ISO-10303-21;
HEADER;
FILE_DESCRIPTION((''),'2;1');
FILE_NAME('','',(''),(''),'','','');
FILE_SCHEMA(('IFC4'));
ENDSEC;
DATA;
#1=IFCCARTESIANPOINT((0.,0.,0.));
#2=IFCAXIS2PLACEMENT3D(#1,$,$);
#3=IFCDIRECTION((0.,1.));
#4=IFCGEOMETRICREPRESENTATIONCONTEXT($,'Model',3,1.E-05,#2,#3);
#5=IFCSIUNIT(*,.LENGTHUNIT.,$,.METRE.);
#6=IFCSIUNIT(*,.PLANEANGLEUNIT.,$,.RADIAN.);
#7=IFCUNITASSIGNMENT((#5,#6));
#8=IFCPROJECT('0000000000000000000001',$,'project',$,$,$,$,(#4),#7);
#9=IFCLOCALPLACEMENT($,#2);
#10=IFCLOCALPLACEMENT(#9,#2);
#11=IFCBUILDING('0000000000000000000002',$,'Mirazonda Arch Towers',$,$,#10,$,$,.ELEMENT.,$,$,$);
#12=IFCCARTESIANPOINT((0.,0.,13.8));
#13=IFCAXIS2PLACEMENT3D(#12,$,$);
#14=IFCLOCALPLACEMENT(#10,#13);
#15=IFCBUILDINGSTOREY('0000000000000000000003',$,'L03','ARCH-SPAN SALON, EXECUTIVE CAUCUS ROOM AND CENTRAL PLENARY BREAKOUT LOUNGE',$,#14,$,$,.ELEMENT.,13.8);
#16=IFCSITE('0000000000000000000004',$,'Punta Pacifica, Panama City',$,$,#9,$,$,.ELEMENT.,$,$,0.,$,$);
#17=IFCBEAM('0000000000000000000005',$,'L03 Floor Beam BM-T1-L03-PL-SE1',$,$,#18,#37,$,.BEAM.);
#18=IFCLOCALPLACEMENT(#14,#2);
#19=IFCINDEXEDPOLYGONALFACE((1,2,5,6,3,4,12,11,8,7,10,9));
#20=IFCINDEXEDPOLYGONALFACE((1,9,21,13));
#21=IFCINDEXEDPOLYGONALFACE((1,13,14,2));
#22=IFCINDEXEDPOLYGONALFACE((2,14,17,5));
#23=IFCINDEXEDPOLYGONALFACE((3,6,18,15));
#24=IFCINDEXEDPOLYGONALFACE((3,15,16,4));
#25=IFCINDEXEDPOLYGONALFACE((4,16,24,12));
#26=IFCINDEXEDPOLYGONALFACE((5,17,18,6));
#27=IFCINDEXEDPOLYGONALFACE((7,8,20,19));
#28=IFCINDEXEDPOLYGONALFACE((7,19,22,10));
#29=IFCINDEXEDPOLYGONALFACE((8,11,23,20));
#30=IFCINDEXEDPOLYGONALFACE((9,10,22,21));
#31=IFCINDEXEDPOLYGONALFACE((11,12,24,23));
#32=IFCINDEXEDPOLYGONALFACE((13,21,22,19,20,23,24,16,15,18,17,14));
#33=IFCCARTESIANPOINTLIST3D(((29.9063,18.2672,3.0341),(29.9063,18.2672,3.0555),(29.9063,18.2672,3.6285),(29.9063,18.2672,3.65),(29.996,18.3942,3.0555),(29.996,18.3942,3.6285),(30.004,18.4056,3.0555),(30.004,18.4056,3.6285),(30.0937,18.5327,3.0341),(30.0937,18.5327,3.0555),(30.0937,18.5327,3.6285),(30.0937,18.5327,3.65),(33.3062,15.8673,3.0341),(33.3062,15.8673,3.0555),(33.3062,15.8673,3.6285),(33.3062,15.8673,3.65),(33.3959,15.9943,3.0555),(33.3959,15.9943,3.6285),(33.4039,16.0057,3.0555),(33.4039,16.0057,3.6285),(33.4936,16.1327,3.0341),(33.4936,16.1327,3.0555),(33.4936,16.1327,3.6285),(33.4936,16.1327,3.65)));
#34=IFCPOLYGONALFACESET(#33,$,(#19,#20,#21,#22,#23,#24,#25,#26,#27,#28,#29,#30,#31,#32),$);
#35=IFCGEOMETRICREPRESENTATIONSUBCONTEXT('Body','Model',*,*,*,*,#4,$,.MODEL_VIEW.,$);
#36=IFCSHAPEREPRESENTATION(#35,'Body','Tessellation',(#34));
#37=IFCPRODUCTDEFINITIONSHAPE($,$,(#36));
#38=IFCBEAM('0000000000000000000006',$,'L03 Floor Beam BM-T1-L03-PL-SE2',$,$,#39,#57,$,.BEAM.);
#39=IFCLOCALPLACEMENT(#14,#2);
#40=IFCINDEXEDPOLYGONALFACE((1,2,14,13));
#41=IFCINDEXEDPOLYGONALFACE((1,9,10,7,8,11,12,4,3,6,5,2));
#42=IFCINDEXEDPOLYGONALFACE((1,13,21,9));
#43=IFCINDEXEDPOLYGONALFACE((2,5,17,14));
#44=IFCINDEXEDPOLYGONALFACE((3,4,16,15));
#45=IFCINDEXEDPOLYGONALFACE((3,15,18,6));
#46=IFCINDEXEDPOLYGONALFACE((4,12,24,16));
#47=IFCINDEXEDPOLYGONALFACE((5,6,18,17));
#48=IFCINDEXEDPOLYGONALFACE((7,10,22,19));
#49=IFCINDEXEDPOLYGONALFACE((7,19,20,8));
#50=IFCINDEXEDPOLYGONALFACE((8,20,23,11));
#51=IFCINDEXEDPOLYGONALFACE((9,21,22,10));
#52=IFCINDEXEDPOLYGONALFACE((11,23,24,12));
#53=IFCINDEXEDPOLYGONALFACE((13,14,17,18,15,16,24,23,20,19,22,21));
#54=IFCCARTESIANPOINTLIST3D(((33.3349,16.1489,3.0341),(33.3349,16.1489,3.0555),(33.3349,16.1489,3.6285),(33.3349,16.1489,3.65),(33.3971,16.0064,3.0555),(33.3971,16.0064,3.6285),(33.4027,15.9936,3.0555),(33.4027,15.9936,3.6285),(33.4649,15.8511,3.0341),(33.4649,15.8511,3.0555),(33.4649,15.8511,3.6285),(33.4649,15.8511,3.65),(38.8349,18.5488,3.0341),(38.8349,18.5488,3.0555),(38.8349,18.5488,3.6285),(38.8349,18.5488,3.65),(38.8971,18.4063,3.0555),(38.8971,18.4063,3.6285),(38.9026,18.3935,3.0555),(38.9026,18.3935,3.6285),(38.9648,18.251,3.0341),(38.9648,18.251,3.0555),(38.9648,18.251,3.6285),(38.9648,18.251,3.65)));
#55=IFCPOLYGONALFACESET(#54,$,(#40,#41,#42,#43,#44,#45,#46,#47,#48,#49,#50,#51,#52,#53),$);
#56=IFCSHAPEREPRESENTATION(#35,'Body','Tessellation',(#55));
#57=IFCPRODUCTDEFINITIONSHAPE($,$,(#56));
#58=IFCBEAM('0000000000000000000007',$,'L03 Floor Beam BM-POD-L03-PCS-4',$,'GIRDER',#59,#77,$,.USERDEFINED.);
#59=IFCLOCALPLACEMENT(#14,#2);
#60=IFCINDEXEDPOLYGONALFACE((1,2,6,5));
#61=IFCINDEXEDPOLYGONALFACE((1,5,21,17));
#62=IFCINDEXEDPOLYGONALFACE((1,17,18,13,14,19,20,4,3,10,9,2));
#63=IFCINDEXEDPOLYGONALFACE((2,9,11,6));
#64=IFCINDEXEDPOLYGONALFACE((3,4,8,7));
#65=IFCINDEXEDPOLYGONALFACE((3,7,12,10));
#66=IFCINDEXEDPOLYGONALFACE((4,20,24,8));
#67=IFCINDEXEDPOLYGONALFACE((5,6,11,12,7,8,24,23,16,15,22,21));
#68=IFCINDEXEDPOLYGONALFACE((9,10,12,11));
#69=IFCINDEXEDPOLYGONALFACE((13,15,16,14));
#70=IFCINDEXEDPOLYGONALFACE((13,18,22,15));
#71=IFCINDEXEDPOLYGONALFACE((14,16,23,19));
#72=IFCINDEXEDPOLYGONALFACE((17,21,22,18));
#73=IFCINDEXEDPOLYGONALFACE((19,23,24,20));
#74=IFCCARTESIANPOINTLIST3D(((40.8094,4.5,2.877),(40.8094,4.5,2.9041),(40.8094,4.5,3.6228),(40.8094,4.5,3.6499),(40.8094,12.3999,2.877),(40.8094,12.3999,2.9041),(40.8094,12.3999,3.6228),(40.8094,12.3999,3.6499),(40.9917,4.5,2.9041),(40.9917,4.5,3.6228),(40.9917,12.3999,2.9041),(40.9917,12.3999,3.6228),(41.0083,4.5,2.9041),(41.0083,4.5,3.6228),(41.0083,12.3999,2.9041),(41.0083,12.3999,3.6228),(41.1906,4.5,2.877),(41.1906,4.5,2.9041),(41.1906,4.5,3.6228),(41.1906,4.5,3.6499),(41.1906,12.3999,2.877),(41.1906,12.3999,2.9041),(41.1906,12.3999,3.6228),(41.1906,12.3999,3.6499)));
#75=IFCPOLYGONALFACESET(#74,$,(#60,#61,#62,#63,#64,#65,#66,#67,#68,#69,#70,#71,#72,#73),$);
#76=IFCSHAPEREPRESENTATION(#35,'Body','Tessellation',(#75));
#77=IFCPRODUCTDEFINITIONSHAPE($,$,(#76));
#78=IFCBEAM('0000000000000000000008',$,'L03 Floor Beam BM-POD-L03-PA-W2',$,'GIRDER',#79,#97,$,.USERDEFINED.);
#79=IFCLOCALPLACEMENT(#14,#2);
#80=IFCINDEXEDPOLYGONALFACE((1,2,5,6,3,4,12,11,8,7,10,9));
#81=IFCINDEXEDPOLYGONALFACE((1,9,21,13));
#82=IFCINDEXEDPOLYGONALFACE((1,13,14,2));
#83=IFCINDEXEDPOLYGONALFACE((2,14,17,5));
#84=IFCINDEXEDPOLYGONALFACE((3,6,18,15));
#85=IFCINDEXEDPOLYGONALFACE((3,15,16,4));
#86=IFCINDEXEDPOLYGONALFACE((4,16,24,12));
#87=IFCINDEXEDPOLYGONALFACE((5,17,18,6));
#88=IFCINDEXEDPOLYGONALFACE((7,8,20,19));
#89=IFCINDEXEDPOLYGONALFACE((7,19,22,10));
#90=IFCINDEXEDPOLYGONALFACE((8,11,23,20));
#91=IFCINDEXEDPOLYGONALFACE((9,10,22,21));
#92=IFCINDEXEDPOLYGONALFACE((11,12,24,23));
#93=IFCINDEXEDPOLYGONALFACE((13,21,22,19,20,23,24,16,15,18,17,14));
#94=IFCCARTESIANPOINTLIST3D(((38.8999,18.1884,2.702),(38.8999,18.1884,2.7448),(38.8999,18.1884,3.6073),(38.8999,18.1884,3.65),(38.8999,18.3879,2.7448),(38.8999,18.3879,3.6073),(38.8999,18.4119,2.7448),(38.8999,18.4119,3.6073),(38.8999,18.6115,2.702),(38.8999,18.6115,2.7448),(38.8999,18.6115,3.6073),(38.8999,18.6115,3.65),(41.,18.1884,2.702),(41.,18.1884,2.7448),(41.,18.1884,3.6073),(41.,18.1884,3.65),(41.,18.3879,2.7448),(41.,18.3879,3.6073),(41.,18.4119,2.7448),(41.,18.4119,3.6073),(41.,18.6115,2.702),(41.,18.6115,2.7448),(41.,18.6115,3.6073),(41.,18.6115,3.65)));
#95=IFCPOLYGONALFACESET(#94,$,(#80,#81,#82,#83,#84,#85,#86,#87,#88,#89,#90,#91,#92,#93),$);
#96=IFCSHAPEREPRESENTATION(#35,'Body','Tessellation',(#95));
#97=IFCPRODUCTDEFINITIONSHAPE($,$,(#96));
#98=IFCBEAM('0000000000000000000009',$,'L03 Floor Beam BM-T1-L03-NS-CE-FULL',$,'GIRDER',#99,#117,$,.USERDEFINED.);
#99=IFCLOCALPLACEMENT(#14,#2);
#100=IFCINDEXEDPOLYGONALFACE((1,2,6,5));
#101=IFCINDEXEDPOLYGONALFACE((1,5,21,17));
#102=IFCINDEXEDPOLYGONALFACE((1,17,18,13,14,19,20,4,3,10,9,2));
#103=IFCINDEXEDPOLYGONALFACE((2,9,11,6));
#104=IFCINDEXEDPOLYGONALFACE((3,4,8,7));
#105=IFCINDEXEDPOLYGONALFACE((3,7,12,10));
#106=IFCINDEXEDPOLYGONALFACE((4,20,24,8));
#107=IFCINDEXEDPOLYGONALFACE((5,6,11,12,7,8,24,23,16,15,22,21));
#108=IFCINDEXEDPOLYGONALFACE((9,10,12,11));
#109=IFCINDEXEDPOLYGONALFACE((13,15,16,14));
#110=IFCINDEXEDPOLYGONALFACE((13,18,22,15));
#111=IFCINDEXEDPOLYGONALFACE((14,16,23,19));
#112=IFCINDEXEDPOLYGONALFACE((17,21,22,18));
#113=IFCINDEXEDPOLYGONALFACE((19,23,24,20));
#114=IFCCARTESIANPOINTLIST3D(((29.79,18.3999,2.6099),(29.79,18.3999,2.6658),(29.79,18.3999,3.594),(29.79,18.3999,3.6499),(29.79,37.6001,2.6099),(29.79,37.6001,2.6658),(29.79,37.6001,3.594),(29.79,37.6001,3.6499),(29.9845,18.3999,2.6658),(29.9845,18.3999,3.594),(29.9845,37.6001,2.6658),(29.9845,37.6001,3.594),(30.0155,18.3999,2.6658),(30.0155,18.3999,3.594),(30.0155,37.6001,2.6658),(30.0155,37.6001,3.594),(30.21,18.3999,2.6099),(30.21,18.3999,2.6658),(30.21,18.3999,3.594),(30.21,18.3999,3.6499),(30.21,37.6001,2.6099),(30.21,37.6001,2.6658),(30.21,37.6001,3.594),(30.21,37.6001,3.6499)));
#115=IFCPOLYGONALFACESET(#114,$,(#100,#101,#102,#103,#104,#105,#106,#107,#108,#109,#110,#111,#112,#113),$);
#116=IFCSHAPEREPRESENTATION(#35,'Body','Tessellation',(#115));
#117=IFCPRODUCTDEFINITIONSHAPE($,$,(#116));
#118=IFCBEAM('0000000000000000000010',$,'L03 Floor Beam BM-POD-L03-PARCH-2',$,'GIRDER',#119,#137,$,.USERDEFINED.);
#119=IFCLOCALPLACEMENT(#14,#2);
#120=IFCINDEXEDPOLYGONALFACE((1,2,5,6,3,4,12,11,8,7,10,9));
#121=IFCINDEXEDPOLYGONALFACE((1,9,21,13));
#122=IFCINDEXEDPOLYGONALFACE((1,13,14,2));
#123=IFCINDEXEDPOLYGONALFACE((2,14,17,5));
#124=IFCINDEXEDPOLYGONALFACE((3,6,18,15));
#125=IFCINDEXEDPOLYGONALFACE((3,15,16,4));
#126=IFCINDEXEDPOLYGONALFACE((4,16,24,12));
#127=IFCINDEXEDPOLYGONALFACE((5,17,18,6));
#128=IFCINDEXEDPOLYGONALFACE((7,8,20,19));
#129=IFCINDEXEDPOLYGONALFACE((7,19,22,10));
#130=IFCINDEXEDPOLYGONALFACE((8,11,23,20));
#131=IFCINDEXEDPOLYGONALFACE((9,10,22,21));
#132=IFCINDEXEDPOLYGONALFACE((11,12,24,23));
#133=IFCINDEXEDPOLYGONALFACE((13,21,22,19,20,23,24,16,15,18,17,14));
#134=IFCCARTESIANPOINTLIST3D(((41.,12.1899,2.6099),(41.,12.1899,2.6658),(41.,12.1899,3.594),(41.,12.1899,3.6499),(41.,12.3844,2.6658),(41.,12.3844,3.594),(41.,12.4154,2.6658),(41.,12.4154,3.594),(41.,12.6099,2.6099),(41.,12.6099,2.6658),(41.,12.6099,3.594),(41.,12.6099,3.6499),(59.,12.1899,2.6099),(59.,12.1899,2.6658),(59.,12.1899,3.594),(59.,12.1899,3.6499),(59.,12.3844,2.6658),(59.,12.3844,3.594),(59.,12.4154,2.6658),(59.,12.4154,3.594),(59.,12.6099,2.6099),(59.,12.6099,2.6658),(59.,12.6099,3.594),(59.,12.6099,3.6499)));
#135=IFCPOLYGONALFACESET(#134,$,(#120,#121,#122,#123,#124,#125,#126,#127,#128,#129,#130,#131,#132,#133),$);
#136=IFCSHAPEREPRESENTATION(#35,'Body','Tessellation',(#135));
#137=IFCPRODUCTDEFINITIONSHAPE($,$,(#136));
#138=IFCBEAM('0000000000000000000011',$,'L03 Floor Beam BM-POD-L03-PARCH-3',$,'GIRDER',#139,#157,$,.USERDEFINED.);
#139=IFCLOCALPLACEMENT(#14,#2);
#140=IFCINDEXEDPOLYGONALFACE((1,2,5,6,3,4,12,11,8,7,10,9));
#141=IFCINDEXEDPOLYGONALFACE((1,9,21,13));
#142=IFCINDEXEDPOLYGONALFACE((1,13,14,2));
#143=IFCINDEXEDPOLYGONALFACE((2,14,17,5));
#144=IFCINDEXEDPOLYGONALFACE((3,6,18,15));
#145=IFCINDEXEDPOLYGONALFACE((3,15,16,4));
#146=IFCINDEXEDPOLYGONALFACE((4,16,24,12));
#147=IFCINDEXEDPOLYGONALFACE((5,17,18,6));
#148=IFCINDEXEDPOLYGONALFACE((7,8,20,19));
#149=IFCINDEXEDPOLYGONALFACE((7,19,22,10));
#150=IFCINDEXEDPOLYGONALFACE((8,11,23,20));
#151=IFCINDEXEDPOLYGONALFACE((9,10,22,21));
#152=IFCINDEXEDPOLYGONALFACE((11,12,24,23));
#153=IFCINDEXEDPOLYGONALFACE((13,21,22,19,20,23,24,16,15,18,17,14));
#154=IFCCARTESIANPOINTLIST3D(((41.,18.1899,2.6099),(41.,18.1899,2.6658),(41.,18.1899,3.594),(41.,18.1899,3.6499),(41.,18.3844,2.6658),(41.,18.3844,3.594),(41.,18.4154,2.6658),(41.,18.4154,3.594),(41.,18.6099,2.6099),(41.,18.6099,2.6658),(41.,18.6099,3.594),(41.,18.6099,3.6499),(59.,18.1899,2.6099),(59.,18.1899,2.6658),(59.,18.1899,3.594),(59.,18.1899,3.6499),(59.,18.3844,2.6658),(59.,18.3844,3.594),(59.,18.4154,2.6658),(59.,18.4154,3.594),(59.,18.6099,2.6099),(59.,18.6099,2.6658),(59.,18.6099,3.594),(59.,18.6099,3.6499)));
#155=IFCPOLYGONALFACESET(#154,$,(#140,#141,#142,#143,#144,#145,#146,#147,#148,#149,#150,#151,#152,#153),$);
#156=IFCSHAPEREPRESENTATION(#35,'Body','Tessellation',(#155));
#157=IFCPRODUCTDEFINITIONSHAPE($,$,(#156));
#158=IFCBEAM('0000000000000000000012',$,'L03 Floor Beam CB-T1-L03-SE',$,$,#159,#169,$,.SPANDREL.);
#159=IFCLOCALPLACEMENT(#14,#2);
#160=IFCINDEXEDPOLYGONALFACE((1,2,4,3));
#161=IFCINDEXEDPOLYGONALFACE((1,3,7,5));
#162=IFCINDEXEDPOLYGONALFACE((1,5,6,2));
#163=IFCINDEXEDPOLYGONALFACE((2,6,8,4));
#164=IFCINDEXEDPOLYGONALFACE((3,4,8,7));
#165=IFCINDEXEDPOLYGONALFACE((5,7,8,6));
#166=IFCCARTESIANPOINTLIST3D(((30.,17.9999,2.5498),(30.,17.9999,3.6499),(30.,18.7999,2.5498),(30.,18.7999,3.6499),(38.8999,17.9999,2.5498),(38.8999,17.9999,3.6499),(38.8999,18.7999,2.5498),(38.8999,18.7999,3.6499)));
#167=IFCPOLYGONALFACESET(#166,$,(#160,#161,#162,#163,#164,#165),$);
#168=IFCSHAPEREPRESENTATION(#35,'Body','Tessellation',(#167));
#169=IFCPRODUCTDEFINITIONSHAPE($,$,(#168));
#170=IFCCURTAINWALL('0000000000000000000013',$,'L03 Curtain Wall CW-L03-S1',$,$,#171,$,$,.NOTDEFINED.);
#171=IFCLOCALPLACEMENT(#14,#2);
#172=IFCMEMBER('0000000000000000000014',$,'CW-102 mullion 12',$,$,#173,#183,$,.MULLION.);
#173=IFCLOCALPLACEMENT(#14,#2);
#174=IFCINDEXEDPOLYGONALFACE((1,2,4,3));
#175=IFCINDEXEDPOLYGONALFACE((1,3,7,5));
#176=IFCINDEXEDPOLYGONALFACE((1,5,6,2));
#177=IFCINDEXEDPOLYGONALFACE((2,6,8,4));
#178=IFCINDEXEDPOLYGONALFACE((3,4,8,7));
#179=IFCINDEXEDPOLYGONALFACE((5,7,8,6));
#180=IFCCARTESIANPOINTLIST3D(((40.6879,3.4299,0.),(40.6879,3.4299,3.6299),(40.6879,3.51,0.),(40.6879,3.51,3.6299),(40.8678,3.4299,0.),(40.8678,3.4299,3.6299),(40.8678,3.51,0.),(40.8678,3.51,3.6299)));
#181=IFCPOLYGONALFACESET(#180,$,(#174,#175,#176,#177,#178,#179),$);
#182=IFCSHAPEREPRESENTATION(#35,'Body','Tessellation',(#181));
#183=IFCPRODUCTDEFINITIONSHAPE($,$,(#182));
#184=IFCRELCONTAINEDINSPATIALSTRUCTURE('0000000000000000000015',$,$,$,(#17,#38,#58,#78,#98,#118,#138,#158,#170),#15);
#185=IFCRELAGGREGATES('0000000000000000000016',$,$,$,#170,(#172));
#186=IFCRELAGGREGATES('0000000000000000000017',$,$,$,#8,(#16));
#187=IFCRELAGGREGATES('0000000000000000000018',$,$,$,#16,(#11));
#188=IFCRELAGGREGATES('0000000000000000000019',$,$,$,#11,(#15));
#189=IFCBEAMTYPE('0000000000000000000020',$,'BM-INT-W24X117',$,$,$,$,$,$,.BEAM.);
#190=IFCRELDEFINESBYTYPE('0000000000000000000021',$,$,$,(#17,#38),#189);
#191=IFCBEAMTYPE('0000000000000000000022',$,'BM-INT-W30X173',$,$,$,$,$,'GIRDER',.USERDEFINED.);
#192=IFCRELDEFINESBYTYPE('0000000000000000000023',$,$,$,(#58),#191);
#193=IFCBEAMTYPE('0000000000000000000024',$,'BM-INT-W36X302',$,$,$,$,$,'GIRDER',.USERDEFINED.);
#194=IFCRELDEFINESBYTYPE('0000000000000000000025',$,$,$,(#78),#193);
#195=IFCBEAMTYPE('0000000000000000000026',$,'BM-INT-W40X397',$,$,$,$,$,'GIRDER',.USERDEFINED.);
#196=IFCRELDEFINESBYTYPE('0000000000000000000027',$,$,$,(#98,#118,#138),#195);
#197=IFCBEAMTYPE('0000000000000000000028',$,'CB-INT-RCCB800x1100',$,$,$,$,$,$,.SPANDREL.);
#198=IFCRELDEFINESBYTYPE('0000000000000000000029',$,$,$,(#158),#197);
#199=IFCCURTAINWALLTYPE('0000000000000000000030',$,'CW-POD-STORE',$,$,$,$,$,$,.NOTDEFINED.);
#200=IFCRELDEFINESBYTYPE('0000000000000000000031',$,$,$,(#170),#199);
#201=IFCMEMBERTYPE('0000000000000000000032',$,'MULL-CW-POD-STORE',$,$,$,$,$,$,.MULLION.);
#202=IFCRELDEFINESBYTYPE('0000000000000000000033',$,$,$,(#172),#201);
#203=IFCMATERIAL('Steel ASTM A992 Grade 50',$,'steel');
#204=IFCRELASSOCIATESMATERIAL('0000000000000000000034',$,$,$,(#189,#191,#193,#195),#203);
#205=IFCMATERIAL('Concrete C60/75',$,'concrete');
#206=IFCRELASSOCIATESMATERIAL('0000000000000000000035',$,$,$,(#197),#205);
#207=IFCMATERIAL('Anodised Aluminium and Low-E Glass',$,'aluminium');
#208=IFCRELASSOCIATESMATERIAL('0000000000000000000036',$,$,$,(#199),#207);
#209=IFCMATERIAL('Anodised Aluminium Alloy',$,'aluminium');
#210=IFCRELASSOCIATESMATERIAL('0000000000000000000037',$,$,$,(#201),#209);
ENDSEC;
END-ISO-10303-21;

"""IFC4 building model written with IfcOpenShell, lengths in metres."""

from ifc_helpers import new_model, si_unit, direction, frame, origin, origin_2d, place, context, subcontext, project, spatial, rectangle, i_section, extrude, material, material_profile, profile_set, type_object, element, aggregate, save


model = new_model("IFC4")

# Units and contexts
model_context = context("Model", 3, precision=1e-05, world=origin(), true_north=direction((0.0, 1.0)))
body_context = subcontext(model_context, "Body", "Model", "MODEL_VIEW")
ifc_project = project(units=[si_unit("LENGTHUNIT", "METRE"), si_unit("PLANEANGLEUNIT", "RADIAN")], contexts=[model_context])

# Site, building, storey
site_placement = place(None, origin())
site = spatial("IfcSite", under=ifc_project, at=site_placement, Name="Punta Pacifica, Panama City", CompositionType="ELEMENT", RefElevation=0.0)
building_placement = place(site_placement, origin())
building = spatial("IfcBuilding", under=site, at=building_placement, Name="Mirazonda Arch Towers", CompositionType="ELEMENT")
storey_placement = place(building_placement, frame((0.0, 0.0, 13.8)))
storey = spatial("IfcBuildingStorey", under=building, at=storey_placement, Name="L03", Description="ARCH-SPAN SALON, EXECUTIVE CAUCUS ROOM AND CENTRAL PLENARY BREAKOUT LOUNGE", CompositionType="ELEMENT", Elevation=13.8)

# Shared definitions
ifc_material_1 = material(Name="Concrete C60/75", Category="concrete")

# Beams
ifc_material_2 = material(Name="Steel ASTM A992 Grade 50", Category="steel")
ifc_material_profile_1 = material_profile(ifc_material_2, i_section(OverallWidth=0.325, OverallDepth=0.616, WebThickness=0.0139, FlangeThickness=0.0215, at=origin_2d()), Name="W24X117")
ifc_profile_set_1 = profile_set([ifc_material_profile_1], Name="Steel ASTM A992 Grade 50")
beam_type_1 = type_object("IfcBeamType", Name="BM-INT-W24X117", PredefinedType="BEAM", material=ifc_profile_set_1)
beam_1_placement = place(storey_placement, frame((33.3999, 16.0, 3.342), z_axis=(-0.816971, 0.576679, 0.0), x_axis=(-0.576679, -0.816971, 0.0)))
element("IfcBeam", 1, at=beam_1_placement, inside=storey, type_object=beam_type_1, Name="L03 Floor Beam BM-T1-L03-PL-SE1", PredefinedType="BEAM", context=body_context, shape_type="SweptSolid", body=[
    extrude(i_section(OverallWidth=0.325, OverallDepth=0.616, WebThickness=0.0139, FlangeThickness=0.0215, at=origin_2d()), origin(), (0.0, 0.0, 1.0), 4.1616),
])
beam_2_placement = place(storey_placement, frame((33.3999, 16.0, 3.342), z_axis=(0.916545, 0.399931, 0.0), x_axis=(-0.399931, 0.916545, 0.0)))
element("IfcBeam", 2, at=beam_2_placement, inside=storey, type_object=beam_type_1, Name="L03 Floor Beam BM-T1-L03-PL-SE2", PredefinedType="BEAM", context=body_context, shape_type="SweptSolid", body=[
    extrude(i_section(OverallWidth=0.325, OverallDepth=0.616, WebThickness=0.0139, FlangeThickness=0.0215, at=origin_2d()), origin(), (0.0, 0.0, 1.0), 6.0007),
])
ifc_material_profile_2 = material_profile(ifc_material_2, i_section(OverallWidth=0.3811, OverallDepth=0.7729, WebThickness=0.0166, FlangeThickness=0.0271, at=origin_2d()), Name="W30X173")
ifc_profile_set_2 = profile_set([ifc_material_profile_2], Name="Steel ASTM A992 Grade 50")
beam_type_2 = type_object("IfcBeamType", Name="BM-INT-W30X173", ElementType="GIRDER", PredefinedType="USERDEFINED", material=ifc_profile_set_2)
beam_3_placement = place(storey_placement, frame((41.0, 4.5, 3.2634), z_axis=(0.0, 1.0, 0.0), x_axis=(-1.0, 0.0, 0.0)))
element("IfcBeam", 3, at=beam_3_placement, inside=storey, type_object=beam_type_2, Name="L03 Floor Beam BM-POD-L03-PCS-4", ObjectType="GIRDER", PredefinedType="USERDEFINED", context=body_context, shape_type="SweptSolid", body=[
    extrude(i_section(OverallWidth=0.3811, OverallDepth=0.7729, WebThickness=0.0166, FlangeThickness=0.0271, at=origin_2d()), origin(), (0.0, 0.0, 1.0), 7.8999),
])
ifc_material_profile_3 = material_profile(ifc_material_2, i_section(OverallWidth=0.4231, OverallDepth=0.948, WebThickness=0.0239, FlangeThickness=0.0427, at=origin_2d()), Name="W36X302")
ifc_profile_set_3 = profile_set([ifc_material_profile_3], Name="Steel ASTM A992 Grade 50")
beam_type_3 = type_object("IfcBeamType", Name="BM-INT-W36X302", ElementType="GIRDER", PredefinedType="USERDEFINED", material=ifc_profile_set_3)
beam_4_placement = place(storey_placement, frame((38.8999, 18.3999, 3.176), z_axis=(1.0, 0.0, 0.0), x_axis=(0.0, 1.0, 0.0)))
element("IfcBeam", 4, at=beam_4_placement, inside=storey, type_object=beam_type_3, Name="L03 Floor Beam BM-POD-L03-PA-W2", ObjectType="GIRDER", PredefinedType="USERDEFINED", context=body_context, shape_type="SweptSolid", body=[
    extrude(i_section(OverallWidth=0.4231, OverallDepth=0.948, WebThickness=0.0239, FlangeThickness=0.0427, at=origin_2d()), origin(), (0.0, 0.0, 1.0), 2.1001),
])
ifc_material_profile_4 = material_profile(ifc_material_2, i_section(OverallWidth=0.4199, OverallDepth=1.04, WebThickness=0.031, FlangeThickness=0.0559, at=origin_2d()), Name="W40X397")
ifc_profile_set_4 = profile_set([ifc_material_profile_4], Name="Steel ASTM A992 Grade 50")
beam_type_4 = type_object("IfcBeamType", Name="BM-INT-W40X397", ElementType="GIRDER", PredefinedType="USERDEFINED", material=ifc_profile_set_4)
beam_5_placement = place(storey_placement, frame((30.0, 18.3999, 3.1299), z_axis=(0.0, 1.0, 0.0), x_axis=(-1.0, 0.0, 0.0)))
element("IfcBeam", 5, at=beam_5_placement, inside=storey, type_object=beam_type_4, Name="L03 Floor Beam BM-T1-L03-NS-CE-FULL", ObjectType="GIRDER", PredefinedType="USERDEFINED", context=body_context, shape_type="SweptSolid", body=[
    extrude(i_section(OverallWidth=0.4199, OverallDepth=1.04, WebThickness=0.031, FlangeThickness=0.0559, at=origin_2d()), origin(), (0.0, 0.0, 1.0), 19.2002),
])
for number, where, z_axis, x_axis, name in (
    (6, (41.0, 12.3999, 3.1299), (1.0, 0.0, 0.0), (0.0, 1.0, 0.0), "L03 Floor Beam BM-POD-L03-PARCH-2"),
    (7, (41.0, 18.3999, 3.1299), (1.0, 0.0, 0.0), (0.0, 1.0, 0.0), "L03 Floor Beam BM-POD-L03-PARCH-3"),
):
    element("IfcBeam", number, at=place(storey_placement, frame(where, z_axis=z_axis, x_axis=x_axis)), inside=storey, type_object=beam_type_4, Name=name, ObjectType="GIRDER", PredefinedType="USERDEFINED", context=body_context, shape_type="SweptSolid", body=[
        extrude(i_section(OverallWidth=0.4199, OverallDepth=1.04, WebThickness=0.031, FlangeThickness=0.0559, at=origin_2d()), origin(), (0.0, 0.0, 1.0), 18.0),
    ])
ifc_material_profile_5 = material_profile(ifc_material_1, rectangle(XDim=0.8, YDim=1.1001, at=origin_2d()), Name="RCCB800x1100")
ifc_profile_set_5 = profile_set([ifc_material_profile_5], Name="Concrete C60/75")
beam_type_5 = type_object("IfcBeamType", Name="CB-INT-RCCB800x1100", PredefinedType="SPANDREL", material=ifc_profile_set_5)
beam_6_placement = place(storey_placement, frame((30.0, 18.3999, 3.0999), z_axis=(1.0, 0.0, 0.0), x_axis=(0.0, 1.0, 0.0)))
element("IfcBeam", 8, at=beam_6_placement, inside=storey, type_object=beam_type_5, Name="L03 Floor Beam CB-T1-L03-SE", PredefinedType="SPANDREL", context=body_context, shape_type="SweptSolid", body=[
    extrude(rectangle(XDim=0.8, YDim=1.1001, at=origin_2d()), origin(), (0.0, 0.0, 1.0), 8.8999),
])

# Curtain wall, member
ifc_material_3 = material(Name="Anodised Aluminium and Low-E Glass", Category="aluminium")
curtain_wall_type = type_object("IfcCurtainWallType", Name="CW-POD-STORE", PredefinedType="NOTDEFINED", material=ifc_material_3)
curtain_wall_placement = place(storey_placement, origin())
curtain_wall = element("IfcCurtainWall", 9, at=curtain_wall_placement, inside=storey, type_object=curtain_wall_type, Name="L03 Curtain Wall CW-L03-S1", PredefinedType="NOTDEFINED")
ifc_material_4 = material(Name="Anodised Aluminium Alloy", Category="aluminium")
ifc_material_profile_6 = material_profile(ifc_material_4, rectangle(XDim=0.0801, YDim=0.1799, at=origin_2d()), Name="ALU-MULL-80x180")
ifc_profile_set_6 = profile_set([ifc_material_profile_6], Name="Anodised Aluminium Alloy")
member_type_1 = type_object("IfcMemberType", Name="MULL-CW-POD-STORE", PredefinedType="MULLION", material=ifc_profile_set_6)
member_1_placement = place(storey_placement, frame((40.7778, 3.47, 0.0), z_axis=(0.0, 0.0, 1.0), x_axis=(0.0, -1.0, 0.0)))
member_1 = element("IfcMember", 10, at=member_1_placement, type_object=member_type_1, Name="CW-102 mullion 12", PredefinedType="MULLION", context=body_context, shape_type="SweptSolid", body=[
    extrude(rectangle(XDim=0.0801, YDim=0.1799, at=origin_2d()), origin(), (0.0, 0.0, 1.0), 3.6299),
])
aggregate(curtain_wall, [member_1])

save(model, "model.ifc")
